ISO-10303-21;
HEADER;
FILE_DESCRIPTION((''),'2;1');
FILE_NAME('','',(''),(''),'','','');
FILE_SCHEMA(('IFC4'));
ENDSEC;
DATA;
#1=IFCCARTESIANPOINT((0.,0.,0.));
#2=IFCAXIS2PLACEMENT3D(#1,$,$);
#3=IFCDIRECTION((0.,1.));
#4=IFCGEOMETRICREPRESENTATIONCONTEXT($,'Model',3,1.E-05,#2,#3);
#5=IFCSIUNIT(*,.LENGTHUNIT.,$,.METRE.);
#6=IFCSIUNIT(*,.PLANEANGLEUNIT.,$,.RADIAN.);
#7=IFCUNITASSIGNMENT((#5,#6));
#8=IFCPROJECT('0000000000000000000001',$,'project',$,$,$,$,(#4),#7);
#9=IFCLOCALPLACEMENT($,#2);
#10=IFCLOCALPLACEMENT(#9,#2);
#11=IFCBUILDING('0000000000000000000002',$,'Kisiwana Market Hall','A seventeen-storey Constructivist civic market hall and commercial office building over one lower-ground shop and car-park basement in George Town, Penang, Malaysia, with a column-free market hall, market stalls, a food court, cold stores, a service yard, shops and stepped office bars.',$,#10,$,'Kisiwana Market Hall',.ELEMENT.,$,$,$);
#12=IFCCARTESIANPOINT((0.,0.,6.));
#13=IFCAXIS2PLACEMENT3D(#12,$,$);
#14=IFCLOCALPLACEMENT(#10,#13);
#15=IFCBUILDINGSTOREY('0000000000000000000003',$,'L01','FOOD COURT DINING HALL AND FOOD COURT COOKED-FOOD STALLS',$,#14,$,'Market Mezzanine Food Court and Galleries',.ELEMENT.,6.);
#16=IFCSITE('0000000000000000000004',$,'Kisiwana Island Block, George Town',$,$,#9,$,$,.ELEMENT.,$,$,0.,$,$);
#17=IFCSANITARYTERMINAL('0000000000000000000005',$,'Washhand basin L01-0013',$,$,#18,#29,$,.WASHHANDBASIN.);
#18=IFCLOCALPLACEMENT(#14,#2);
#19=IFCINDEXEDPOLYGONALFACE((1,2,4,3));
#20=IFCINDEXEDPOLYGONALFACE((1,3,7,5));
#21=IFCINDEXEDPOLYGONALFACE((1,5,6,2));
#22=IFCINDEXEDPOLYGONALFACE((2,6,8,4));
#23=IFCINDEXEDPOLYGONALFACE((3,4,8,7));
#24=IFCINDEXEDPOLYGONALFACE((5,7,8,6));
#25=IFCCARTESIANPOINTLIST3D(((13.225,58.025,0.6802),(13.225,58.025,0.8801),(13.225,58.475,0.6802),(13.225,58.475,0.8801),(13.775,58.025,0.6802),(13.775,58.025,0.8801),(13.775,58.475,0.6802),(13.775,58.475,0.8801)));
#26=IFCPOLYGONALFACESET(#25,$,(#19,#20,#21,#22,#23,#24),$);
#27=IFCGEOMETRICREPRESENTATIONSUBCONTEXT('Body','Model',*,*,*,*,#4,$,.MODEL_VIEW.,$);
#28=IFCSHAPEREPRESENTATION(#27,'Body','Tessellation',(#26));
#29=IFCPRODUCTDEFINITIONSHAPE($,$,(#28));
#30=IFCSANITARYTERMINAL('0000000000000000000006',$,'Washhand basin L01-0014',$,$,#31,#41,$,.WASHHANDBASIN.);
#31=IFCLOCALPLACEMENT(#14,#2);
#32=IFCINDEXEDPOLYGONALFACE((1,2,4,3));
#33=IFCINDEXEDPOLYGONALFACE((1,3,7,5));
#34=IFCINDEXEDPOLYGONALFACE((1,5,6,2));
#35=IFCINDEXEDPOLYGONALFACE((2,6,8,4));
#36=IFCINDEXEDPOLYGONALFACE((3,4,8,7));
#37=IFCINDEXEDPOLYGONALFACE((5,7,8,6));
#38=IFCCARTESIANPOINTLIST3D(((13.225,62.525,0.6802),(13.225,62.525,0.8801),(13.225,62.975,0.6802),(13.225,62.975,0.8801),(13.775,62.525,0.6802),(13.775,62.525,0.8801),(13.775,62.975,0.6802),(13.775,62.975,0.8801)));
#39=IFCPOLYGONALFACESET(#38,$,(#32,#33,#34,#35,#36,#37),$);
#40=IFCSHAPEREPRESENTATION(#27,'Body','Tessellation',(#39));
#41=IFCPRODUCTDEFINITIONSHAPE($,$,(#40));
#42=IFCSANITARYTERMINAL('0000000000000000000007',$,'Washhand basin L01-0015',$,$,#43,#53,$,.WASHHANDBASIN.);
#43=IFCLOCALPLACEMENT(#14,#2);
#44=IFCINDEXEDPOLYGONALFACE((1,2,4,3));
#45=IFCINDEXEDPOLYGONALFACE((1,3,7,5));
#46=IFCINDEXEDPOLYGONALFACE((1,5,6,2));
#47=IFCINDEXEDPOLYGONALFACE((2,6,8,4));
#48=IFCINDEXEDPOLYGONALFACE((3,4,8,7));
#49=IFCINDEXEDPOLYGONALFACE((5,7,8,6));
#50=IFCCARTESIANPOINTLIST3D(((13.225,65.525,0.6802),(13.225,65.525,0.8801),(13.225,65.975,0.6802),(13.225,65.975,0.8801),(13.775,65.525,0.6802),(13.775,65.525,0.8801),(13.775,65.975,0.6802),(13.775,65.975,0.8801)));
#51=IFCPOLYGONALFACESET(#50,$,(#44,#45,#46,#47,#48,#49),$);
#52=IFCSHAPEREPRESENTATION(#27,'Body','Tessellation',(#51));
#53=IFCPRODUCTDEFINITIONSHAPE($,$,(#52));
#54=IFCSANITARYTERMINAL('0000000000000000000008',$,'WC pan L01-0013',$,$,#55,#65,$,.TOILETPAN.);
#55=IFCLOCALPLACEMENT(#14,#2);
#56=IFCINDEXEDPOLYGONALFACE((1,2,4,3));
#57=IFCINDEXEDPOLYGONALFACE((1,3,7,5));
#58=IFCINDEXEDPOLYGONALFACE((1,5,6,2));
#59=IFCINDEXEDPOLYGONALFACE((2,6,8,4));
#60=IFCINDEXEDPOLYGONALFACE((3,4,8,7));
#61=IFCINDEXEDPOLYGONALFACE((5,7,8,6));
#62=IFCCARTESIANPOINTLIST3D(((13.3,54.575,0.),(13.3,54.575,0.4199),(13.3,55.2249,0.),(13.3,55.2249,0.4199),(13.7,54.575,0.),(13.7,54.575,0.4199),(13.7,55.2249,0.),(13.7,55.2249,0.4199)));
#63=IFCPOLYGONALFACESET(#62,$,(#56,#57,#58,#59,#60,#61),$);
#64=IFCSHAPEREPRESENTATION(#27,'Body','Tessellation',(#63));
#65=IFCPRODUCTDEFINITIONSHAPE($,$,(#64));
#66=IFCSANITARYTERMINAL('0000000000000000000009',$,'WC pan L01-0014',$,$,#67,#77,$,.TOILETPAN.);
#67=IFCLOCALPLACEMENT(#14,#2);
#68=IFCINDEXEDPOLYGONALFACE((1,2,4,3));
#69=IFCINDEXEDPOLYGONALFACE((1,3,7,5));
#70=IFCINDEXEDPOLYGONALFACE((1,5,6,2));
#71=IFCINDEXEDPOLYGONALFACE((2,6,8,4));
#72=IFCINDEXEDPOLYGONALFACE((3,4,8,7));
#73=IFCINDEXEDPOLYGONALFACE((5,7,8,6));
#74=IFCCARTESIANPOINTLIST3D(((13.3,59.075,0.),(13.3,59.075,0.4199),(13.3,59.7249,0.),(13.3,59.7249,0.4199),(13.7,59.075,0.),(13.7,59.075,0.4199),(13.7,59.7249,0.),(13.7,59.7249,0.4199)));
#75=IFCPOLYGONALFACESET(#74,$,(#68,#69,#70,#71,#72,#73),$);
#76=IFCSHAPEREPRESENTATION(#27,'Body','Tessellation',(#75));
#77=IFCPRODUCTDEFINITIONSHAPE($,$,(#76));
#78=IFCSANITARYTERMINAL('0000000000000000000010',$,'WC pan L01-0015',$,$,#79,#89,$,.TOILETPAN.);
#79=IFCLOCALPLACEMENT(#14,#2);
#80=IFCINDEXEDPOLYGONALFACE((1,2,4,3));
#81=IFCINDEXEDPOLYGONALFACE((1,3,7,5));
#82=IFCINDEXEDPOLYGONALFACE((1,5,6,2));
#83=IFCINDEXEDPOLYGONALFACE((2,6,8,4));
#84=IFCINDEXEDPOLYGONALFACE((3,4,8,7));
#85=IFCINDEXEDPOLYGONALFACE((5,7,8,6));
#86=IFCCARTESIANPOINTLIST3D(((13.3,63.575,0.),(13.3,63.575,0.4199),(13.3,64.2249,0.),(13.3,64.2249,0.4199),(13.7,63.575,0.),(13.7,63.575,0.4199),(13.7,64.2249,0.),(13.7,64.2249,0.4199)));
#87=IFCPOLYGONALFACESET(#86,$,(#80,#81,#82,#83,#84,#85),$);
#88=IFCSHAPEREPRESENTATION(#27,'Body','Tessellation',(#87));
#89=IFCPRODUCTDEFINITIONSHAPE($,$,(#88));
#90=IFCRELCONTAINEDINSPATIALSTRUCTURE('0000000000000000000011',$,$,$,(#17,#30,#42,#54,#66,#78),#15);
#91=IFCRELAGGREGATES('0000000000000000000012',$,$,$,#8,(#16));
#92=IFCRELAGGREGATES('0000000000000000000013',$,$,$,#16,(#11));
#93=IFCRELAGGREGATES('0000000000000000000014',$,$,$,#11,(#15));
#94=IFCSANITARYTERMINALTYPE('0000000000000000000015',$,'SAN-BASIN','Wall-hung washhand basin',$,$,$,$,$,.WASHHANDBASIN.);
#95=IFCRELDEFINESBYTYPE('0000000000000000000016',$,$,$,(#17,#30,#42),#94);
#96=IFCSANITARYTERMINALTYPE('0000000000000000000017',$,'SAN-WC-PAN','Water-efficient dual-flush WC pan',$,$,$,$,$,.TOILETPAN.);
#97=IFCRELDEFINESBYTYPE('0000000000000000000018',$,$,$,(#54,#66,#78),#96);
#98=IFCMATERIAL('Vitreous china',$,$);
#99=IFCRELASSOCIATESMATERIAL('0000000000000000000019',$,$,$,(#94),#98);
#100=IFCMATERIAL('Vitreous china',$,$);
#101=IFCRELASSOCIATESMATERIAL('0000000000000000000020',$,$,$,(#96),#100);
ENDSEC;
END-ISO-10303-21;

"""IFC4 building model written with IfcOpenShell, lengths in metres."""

from ifc_helpers import new_model, si_unit, direction, frame, origin, origin_2d, place, context, subcontext, project, spatial, rectangle, extrude, material, type_object, element, save


model = new_model("IFC4")

# Units and contexts
model_context = context("Model", 3, precision=1e-05, world=origin(), true_north=direction((0.0, 1.0)))
body_context = subcontext(model_context, "Body", "Model", "MODEL_VIEW")
ifc_project = project(units=[si_unit("LENGTHUNIT", "METRE"), si_unit("PLANEANGLEUNIT", "RADIAN")], contexts=[model_context])

# Site, building, storey
site_placement = place(None, origin())
site = spatial("IfcSite", under=ifc_project, at=site_placement, Name="Kisiwana Island Block, George Town", CompositionType="ELEMENT", RefElevation=0.0)
building_placement = place(site_placement, origin())
building = spatial("IfcBuilding", under=site, at=building_placement, Name="Kisiwana Market Hall", Description="A seventeen-storey Constructivist civic market hall and commercial office building over one lower-ground shop and car-park basement in George Town, Penang, Malaysia, with a column-free market hall, market stalls, a food court, cold stores, a service yard, shops and stepped office bars.", LongName="Kisiwana Market Hall", CompositionType="ELEMENT")
storey_placement = place(building_placement, frame((0.0, 0.0, 6.0)))
storey = spatial("IfcBuildingStorey", under=building, at=storey_placement, Name="L01", Description="FOOD COURT DINING HALL AND FOOD COURT COOKED-FOOD STALLS", LongName="Market Mezzanine Food Court and Galleries", CompositionType="ELEMENT", Elevation=6.0)

# Sanitary terminals
ifc_material_1 = material(Name="Vitreous china")
sanitary_terminal_type_1 = type_object("IfcSanitaryTerminalType", Name="SAN-BASIN", Description="Wall-hung washhand basin", PredefinedType="WASHHANDBASIN", material=ifc_material_1)
for number, where, z_axis, x_axis, name in (
    (1, (13.5, 58.25, 0.6802), (0.0, 0.0, 1.0), (1.0, 0.0, 0.0), "Washhand basin L01-0013"),
    (2, (13.5, 62.75, 0.6802), (0.0, 0.0, 1.0), (1.0, 0.0, 0.0), "Washhand basin L01-0014"),
    (3, (13.5, 65.75, 0.6802), (0.0, 0.0, 1.0), (1.0, 0.0, 0.0), "Washhand basin L01-0015"),
):
    element("IfcSanitaryTerminal", number, at=place(storey_placement, frame(where, z_axis=z_axis, x_axis=x_axis)), inside=storey, type_object=sanitary_terminal_type_1, Name=name, PredefinedType="WASHHANDBASIN", context=body_context, shape_type="SweptSolid", body=[
        extrude(rectangle(XDim=0.55, YDim=0.45, at=origin_2d()), origin(), (0.0, 0.0, 1.0), 0.2),
    ])
ifc_material_2 = material(Name="Vitreous china")
sanitary_terminal_type_2 = type_object("IfcSanitaryTerminalType", Name="SAN-WC-PAN", Description="Water-efficient dual-flush WC pan", PredefinedType="TOILETPAN", material=ifc_material_2)
for number, where, z_axis, x_axis, name in (
    (4, (13.5, 54.8999, 0.0), (0.0, 0.0, 1.0), (1.0, 0.0, 0.0), "WC pan L01-0013"),
    (5, (13.5, 59.3999, 0.0), (0.0, 0.0, 1.0), (1.0, 0.0, 0.0), "WC pan L01-0014"),
    (6, (13.5, 63.8999, 0.0), (0.0, 0.0, 1.0), (1.0, 0.0, 0.0), "WC pan L01-0015"),
):
    element("IfcSanitaryTerminal", number, at=place(storey_placement, frame(where, z_axis=z_axis, x_axis=x_axis)), inside=storey, type_object=sanitary_terminal_type_2, Name=name, PredefinedType="TOILETPAN", context=body_context, shape_type="SweptSolid", body=[
        extrude(rectangle(XDim=0.3999, YDim=0.6499, at=origin_2d()), origin(), (0.0, 0.0, 1.0), 0.4199),
    ])

save(model, "model.ifc")
